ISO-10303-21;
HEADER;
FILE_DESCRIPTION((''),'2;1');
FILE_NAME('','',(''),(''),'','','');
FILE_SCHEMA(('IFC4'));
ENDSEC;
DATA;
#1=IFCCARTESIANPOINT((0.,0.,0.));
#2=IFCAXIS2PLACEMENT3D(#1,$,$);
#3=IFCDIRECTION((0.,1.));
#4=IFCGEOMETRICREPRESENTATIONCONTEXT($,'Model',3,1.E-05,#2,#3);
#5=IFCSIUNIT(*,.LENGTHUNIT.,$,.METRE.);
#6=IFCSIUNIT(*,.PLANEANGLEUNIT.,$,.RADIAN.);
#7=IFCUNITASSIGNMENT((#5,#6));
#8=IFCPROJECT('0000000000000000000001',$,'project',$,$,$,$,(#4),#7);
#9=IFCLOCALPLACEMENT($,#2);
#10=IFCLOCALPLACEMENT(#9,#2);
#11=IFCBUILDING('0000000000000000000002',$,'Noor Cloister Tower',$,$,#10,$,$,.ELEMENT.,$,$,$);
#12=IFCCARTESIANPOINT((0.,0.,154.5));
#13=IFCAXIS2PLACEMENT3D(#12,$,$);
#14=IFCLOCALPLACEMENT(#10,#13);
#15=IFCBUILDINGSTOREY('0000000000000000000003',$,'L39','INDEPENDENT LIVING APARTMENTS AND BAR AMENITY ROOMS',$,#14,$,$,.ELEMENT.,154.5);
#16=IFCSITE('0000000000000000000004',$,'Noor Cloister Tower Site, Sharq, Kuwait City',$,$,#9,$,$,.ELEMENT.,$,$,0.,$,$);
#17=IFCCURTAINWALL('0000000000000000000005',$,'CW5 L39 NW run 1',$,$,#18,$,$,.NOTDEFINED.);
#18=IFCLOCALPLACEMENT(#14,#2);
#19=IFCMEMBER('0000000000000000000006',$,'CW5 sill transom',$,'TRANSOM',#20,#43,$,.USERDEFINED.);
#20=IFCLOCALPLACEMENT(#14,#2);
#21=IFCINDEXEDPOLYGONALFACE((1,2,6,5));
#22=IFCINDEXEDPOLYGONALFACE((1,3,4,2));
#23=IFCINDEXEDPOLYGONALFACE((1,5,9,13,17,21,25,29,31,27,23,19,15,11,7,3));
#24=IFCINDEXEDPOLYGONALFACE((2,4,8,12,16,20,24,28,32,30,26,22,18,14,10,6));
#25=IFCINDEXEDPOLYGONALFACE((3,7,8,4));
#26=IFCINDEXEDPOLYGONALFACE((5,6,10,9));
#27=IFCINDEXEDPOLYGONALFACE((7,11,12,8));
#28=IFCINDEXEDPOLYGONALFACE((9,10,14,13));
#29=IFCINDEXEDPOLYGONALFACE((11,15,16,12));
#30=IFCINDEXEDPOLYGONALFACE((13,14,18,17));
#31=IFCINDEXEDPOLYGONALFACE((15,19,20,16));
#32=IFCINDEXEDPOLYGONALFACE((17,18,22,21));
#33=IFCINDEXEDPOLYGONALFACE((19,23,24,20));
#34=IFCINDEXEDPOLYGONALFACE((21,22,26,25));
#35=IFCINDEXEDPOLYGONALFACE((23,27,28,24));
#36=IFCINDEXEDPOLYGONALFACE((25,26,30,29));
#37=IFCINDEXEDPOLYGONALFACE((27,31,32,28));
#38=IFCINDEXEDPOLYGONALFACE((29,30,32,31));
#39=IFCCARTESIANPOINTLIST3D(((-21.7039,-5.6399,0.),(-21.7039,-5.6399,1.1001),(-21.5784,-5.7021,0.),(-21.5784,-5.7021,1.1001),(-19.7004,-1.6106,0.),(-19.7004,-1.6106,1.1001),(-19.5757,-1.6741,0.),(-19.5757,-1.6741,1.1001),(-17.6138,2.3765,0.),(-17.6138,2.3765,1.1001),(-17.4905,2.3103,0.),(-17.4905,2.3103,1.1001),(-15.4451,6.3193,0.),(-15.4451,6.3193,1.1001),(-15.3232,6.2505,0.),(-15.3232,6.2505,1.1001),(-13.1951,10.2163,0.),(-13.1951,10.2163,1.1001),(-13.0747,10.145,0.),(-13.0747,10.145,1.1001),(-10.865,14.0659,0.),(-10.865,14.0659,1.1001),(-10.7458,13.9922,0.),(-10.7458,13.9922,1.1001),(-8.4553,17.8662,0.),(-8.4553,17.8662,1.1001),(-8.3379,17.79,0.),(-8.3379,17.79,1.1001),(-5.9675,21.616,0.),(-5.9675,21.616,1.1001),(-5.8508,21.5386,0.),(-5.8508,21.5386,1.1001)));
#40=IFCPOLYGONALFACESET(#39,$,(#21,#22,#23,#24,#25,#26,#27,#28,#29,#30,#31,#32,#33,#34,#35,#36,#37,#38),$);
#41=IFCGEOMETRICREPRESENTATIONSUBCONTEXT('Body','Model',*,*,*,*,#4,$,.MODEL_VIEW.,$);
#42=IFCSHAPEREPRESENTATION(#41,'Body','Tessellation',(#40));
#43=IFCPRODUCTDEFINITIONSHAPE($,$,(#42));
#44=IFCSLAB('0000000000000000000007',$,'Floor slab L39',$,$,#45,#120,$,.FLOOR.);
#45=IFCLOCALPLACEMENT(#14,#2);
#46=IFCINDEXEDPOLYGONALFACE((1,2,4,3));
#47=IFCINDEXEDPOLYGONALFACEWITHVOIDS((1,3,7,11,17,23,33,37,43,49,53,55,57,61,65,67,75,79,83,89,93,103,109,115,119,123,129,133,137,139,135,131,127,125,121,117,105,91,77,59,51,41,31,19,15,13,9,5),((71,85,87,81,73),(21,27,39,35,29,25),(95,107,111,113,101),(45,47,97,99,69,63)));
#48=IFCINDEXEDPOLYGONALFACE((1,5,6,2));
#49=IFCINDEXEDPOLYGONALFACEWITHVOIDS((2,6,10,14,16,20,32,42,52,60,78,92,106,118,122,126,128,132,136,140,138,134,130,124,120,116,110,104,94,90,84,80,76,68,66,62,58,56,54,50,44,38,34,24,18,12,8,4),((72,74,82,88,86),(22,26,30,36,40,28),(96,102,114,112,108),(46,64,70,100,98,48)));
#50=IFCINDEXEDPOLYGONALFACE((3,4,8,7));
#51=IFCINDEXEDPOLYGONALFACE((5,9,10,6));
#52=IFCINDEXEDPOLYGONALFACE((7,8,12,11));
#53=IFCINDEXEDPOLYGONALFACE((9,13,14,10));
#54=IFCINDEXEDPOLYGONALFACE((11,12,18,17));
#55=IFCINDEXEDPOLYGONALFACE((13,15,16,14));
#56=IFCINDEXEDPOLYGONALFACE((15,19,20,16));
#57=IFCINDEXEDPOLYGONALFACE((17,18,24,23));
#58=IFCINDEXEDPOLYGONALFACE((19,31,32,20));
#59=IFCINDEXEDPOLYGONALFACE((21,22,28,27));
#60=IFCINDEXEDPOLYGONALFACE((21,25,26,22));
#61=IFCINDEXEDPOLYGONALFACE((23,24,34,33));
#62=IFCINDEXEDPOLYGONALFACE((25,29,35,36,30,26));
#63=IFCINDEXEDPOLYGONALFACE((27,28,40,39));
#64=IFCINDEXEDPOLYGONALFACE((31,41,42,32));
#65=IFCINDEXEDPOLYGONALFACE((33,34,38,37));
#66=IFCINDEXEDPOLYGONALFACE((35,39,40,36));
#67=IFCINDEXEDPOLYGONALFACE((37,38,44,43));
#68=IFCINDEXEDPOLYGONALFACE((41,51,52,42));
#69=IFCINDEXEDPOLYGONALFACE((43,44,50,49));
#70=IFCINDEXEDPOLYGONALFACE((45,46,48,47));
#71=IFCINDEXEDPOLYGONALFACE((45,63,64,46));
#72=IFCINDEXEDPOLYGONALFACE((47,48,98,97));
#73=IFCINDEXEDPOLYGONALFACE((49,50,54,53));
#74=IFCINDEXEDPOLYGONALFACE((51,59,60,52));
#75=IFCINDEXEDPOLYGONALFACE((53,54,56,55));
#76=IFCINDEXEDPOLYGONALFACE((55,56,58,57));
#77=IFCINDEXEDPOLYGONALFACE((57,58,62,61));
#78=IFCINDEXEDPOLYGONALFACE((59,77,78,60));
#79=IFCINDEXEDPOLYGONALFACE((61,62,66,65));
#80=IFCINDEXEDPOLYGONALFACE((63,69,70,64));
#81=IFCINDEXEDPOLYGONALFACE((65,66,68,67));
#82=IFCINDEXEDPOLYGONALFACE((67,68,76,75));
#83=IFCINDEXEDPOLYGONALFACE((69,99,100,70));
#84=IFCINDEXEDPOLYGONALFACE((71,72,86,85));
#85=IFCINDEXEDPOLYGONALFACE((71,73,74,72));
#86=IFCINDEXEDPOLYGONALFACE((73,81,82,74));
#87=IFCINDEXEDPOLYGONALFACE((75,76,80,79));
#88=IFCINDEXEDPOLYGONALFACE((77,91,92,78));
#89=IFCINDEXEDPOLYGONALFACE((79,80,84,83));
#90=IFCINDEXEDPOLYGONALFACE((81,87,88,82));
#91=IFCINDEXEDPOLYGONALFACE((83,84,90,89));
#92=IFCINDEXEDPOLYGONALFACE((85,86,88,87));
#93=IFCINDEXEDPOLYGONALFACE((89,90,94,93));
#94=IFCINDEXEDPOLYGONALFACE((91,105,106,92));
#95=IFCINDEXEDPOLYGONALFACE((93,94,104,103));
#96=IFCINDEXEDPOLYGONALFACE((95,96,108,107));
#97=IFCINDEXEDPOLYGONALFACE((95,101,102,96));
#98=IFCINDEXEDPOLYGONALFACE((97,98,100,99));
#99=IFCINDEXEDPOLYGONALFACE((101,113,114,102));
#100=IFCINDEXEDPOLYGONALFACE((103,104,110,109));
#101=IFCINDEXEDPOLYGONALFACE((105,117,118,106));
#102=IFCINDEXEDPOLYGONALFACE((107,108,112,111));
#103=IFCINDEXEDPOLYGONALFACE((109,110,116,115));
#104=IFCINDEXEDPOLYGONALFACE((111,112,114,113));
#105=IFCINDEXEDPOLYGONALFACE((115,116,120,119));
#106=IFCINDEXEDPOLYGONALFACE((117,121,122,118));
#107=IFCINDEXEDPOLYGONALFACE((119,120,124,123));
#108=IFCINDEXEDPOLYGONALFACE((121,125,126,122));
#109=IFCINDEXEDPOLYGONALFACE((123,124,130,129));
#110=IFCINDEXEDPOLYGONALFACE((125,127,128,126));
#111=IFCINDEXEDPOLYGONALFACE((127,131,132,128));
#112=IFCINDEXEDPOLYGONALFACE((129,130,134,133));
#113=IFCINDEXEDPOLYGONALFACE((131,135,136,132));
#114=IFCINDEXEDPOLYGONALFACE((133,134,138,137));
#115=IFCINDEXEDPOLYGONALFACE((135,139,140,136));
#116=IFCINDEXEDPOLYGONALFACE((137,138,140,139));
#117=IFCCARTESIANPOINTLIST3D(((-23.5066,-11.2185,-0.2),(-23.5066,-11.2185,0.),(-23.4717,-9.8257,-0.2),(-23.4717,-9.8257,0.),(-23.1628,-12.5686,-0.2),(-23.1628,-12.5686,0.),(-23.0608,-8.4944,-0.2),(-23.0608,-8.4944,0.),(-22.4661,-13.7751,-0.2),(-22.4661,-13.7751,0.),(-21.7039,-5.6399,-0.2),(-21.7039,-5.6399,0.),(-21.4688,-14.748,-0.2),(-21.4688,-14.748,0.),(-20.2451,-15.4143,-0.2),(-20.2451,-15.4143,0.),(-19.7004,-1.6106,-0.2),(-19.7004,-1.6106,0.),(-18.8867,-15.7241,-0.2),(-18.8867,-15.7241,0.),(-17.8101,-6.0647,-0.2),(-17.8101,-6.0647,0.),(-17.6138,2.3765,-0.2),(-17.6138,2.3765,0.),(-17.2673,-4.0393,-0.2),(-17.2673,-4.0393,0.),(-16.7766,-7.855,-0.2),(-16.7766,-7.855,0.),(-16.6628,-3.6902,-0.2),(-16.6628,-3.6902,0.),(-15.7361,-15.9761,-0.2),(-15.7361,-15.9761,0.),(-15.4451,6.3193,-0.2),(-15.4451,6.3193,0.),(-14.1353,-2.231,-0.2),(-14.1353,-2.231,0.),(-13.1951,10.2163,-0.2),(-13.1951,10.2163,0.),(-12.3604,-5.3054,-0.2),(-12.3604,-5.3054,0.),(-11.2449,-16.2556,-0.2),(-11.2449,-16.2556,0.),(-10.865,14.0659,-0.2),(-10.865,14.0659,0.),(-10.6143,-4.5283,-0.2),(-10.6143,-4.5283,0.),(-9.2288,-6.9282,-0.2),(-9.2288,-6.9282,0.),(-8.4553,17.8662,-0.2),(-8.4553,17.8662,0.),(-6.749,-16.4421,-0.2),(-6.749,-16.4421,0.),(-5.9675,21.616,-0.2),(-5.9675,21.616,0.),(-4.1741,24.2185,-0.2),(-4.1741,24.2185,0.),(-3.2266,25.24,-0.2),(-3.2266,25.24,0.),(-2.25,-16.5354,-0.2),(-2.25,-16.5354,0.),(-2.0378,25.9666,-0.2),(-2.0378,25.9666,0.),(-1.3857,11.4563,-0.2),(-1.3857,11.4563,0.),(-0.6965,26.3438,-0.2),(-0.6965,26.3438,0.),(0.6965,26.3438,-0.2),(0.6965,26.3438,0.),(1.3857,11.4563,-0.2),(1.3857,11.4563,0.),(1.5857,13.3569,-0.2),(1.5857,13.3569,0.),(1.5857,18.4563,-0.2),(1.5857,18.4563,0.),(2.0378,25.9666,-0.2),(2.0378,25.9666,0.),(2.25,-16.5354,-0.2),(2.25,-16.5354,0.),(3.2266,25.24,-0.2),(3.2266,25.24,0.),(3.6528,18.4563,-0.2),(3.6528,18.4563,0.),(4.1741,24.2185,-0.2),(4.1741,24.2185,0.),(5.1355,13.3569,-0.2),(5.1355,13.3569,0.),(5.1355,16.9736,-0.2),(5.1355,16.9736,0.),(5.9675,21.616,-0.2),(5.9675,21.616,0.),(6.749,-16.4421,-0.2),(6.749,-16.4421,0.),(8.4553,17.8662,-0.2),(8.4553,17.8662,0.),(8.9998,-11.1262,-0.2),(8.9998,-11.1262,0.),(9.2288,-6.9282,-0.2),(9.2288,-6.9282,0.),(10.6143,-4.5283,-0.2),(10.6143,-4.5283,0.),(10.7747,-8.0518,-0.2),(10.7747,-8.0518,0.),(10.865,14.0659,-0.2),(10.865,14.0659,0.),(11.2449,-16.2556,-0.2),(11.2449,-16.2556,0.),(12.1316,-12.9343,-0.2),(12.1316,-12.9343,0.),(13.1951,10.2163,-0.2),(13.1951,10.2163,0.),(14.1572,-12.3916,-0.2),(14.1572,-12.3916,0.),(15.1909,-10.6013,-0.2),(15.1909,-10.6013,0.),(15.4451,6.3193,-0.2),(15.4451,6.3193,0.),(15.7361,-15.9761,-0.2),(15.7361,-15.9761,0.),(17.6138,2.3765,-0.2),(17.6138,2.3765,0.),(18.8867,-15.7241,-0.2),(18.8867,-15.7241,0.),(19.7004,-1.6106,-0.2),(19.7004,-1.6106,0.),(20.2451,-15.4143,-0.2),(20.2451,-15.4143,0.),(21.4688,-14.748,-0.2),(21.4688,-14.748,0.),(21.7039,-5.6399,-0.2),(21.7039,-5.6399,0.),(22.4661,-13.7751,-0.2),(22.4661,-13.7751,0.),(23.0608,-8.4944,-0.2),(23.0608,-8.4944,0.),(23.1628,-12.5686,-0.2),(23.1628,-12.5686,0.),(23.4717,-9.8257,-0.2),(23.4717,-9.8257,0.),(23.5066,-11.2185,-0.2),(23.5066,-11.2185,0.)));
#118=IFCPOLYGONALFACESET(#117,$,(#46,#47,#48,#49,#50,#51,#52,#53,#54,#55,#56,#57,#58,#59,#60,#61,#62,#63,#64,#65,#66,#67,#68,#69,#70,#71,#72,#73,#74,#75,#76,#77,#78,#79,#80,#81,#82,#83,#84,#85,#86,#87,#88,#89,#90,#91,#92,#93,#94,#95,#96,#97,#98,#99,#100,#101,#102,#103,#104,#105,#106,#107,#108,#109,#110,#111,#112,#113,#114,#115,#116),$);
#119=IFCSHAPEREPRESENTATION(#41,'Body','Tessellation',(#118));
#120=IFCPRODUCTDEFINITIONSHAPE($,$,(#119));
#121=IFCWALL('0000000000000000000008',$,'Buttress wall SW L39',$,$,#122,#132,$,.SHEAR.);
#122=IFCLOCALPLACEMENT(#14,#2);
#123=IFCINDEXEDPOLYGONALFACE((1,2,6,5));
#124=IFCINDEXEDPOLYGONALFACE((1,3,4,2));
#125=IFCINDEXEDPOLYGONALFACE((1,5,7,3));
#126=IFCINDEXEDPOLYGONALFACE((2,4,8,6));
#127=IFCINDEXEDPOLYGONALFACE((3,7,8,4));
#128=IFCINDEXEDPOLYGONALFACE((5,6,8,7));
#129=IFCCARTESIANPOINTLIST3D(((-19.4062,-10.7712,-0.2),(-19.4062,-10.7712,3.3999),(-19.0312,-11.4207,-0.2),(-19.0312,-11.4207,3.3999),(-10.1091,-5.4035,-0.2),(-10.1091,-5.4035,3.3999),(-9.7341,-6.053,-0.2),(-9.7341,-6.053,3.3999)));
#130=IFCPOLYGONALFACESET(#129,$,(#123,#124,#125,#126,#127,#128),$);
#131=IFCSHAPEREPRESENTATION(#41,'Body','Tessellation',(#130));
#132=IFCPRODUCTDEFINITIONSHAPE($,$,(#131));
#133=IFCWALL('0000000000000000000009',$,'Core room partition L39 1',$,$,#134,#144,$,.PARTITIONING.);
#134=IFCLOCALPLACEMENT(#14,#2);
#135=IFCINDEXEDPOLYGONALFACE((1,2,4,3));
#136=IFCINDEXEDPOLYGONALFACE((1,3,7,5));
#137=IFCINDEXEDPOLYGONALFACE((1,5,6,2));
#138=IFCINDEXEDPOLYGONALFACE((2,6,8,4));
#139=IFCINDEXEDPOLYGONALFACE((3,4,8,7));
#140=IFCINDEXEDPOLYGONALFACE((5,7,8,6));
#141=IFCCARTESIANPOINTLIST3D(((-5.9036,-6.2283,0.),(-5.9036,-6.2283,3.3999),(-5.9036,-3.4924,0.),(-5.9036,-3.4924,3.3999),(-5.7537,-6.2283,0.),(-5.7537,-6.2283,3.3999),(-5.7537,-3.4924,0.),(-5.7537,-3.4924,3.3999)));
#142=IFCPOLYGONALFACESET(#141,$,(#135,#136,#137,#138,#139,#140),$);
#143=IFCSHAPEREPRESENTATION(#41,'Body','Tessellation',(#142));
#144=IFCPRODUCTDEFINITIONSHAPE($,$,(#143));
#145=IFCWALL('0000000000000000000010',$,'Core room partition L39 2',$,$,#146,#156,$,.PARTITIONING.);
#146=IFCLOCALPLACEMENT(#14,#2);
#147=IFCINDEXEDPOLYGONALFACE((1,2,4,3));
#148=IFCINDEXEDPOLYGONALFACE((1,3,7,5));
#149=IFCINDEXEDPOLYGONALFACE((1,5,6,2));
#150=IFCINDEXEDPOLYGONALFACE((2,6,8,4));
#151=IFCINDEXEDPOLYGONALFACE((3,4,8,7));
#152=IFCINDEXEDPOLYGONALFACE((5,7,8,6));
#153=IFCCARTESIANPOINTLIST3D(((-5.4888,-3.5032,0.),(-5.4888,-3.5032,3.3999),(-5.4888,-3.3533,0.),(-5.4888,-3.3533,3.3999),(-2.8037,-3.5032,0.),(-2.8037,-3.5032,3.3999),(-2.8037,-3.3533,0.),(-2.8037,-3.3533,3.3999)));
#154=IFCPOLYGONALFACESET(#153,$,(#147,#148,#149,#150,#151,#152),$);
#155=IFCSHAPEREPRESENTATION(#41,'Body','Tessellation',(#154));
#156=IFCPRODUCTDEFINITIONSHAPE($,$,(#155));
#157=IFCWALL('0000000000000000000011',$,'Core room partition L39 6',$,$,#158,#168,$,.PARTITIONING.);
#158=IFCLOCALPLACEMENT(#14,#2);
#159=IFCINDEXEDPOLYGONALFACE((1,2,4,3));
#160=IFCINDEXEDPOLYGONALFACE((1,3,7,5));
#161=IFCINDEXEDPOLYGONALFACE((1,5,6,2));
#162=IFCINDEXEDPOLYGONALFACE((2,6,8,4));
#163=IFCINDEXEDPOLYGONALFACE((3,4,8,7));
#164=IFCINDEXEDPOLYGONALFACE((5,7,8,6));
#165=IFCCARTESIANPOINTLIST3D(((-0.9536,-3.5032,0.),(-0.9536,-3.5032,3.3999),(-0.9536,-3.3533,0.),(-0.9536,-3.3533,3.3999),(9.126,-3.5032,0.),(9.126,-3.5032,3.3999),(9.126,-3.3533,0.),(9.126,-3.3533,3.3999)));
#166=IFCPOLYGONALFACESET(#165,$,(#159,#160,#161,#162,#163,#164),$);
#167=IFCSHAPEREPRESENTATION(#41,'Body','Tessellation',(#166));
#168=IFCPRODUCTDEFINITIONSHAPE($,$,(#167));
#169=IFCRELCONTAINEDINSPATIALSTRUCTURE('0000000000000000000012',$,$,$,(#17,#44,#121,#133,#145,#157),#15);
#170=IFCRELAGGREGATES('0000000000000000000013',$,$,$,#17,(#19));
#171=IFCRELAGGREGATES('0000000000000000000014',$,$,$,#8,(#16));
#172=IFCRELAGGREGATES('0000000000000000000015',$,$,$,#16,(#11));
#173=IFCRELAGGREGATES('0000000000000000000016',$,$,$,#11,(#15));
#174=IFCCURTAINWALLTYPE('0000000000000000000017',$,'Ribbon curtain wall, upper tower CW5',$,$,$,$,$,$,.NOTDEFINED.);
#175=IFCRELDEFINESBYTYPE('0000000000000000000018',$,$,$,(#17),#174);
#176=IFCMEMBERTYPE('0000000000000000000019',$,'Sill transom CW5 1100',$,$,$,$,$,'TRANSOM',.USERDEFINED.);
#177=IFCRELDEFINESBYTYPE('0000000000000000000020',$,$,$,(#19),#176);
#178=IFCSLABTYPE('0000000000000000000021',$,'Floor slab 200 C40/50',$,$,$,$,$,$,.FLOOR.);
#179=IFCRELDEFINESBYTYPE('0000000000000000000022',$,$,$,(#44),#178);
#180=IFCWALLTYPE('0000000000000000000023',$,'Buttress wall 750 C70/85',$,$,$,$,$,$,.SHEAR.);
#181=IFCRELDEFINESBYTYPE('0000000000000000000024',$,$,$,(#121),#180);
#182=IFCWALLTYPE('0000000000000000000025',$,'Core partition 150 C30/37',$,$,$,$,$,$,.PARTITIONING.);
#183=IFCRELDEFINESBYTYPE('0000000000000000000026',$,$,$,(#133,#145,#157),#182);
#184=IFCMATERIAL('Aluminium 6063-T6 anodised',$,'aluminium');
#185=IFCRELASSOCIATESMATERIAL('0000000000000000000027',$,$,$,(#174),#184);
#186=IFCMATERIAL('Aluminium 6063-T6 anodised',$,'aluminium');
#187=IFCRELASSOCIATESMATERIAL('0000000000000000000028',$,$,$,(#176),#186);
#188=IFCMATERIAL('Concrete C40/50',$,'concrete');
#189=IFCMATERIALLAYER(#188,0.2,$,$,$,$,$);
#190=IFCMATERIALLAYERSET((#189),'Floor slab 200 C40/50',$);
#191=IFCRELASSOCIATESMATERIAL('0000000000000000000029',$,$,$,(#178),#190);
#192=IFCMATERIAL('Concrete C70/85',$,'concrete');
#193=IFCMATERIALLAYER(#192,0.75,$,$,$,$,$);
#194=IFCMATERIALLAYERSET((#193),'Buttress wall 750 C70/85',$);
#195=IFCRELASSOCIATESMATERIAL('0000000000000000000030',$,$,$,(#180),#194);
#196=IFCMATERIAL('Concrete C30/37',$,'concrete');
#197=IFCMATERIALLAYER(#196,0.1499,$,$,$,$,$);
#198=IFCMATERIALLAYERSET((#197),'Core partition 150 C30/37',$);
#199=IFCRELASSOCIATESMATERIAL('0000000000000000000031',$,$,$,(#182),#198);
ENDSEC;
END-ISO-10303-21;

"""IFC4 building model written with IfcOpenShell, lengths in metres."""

from ifc_helpers import new_model, si_unit, direction, frame, frame_2d, origin, place, context, subcontext, project, spatial, polyline, rectangle, outline, extrude, material, layer, layer_set, type_object, element, aggregate, save


model = new_model("IFC4")

# Units and contexts
model_context = context("Model", 3, precision=1e-05, world=origin(), true_north=direction((0.0, 1.0)))
body_context = subcontext(model_context, "Body", "Model", "MODEL_VIEW")
ifc_project = project(units=[si_unit("LENGTHUNIT", "METRE"), si_unit("PLANEANGLEUNIT", "RADIAN")], contexts=[model_context])

# Site, building, storey
site_placement = place(None, origin())
site = spatial("IfcSite", under=ifc_project, at=site_placement, Name="Noor Cloister Tower Site, Sharq, Kuwait City", CompositionType="ELEMENT", RefElevation=0.0)
building_placement = place(site_placement, origin())
building = spatial("IfcBuilding", under=site, at=building_placement, Name="Noor Cloister Tower", CompositionType="ELEMENT")
storey_placement = place(building_placement, frame((0.0, 0.0, 154.5)))
storey = spatial("IfcBuildingStorey", under=building, at=storey_placement, Name="L39", Description="INDEPENDENT LIVING APARTMENTS AND BAR AMENITY ROOMS", CompositionType="ELEMENT", Elevation=154.5)

# Curtain wall, member
ifc_material_1 = material(Name="Aluminium 6063-T6 anodised", Category="aluminium")
curtain_wall_type = type_object("IfcCurtainWallType", Name="Ribbon curtain wall, upper tower CW5", PredefinedType="NOTDEFINED", material=ifc_material_1)
curtain_wall_placement = place(storey_placement, origin())
curtain_wall = element("IfcCurtainWall", 1, at=curtain_wall_placement, inside=storey, type_object=curtain_wall_type, Name="CW5 L39 NW run 1", PredefinedType="NOTDEFINED")
ifc_material_2 = material(Name="Aluminium 6063-T6 anodised", Category="aluminium")
member_type = type_object("IfcMemberType", Name="Sill transom CW5 1100", ElementType="TRANSOM", PredefinedType="USERDEFINED", material=ifc_material_2)
member_placement = place(storey_placement, origin())
member = element("IfcMember", 2, at=member_placement, type_object=member_type, Name="CW5 sill transom", ObjectType="TRANSOM", PredefinedType="USERDEFINED", context=body_context, shape_type="SweptSolid", body=[
    extrude(outline(polyline([(-5.9675, 21.616), (-8.4553, 17.8662), (-10.865, 14.0659), (-13.1951, 10.2163), (-15.4451, 6.3193), (-17.6138, 2.3765), (-19.7004, -1.6106), (-21.7039, -5.6399), (-21.5784, -5.7021), (-19.5757, -1.6741), (-17.4905, 2.3103), (-15.3232, 6.2505), (-13.0747, 10.145), (-10.7458, 13.9922), (-8.3379, 17.79), (-5.8508, 21.5386), (-5.9675, 21.616)])), origin(), (0.0, 0.0, 1.0), 1.1001),
])
aggregate(curtain_wall, [member])

# Slab
ifc_material_3 = material(Name="Concrete C40/50", Category="concrete")
ifc_layer_1 = layer(ifc_material_3, 0.2)
ifc_layer_set_1 = layer_set([ifc_layer_1], Name="Floor slab 200 C40/50")
slab_type = type_object("IfcSlabType", Name="Floor slab 200 C40/50", PredefinedType="FLOOR", material=ifc_layer_set_1)
slab_placement = place(storey_placement, frame((0.0, 0.0, -0.2)))
element("IfcSlab", 3, at=slab_placement, inside=storey, type_object=slab_type, Name="Floor slab L39", PredefinedType="FLOOR", context=body_context, shape_type="SweptSolid", body=[
    extrude(outline(polyline([(4.1741, 24.2185), (3.2266, 25.24), (2.0378, 25.9666), (0.6965, 26.3438), (-0.6965, 26.3438), (-2.0378, 25.9666), (-3.2266, 25.24), (-4.1741, 24.2185), (-5.9675, 21.616), (-8.4553, 17.8662), (-10.865, 14.0659), (-13.1951, 10.2163), (-15.4451, 6.3193), (-17.6138, 2.3765), (-19.7004, -1.6106), (-21.7039, -5.6399), (-23.0608, -8.4944), (-23.4717, -9.8257), (-23.5066, -11.2185), (-23.1628, -12.5686), (-22.4661, -13.7751), (-21.4688, -14.748), (-20.2451, -15.4143), (-18.8867, -15.7241), (-15.7361, -15.9761), (-11.2449, -16.2556), (-6.749, -16.4421), (-2.25, -16.5354), (2.25, -16.5354), (6.749, -16.4421), (11.2449, -16.2556), (15.7361, -15.9761), (18.8867, -15.7241), (20.2451, -15.4143), (21.4688, -14.748), (22.4661, -13.7751), (23.1628, -12.5686), (23.5066, -11.2185), (23.4717, -9.8257), (23.0608, -8.4944), (21.7039, -5.6399), (19.7004, -1.6106), (17.6138, 2.3765), (15.4451, 6.3193), (13.1951, 10.2163), (10.865, 14.0659), (8.4553, 17.8662), (5.9675, 21.616), (4.1741, 24.2185)]), holes=[polyline([(8.9998, -11.1262), (12.1316, -12.9343), (14.1572, -12.3916), (15.1909, -10.6013), (10.7747, -8.0518), (8.9998, -11.1262)]), polyline([(-17.8101, -6.0647), (-16.7766, -7.855), (-12.3604, -5.3054), (-14.1353, -2.231), (-16.6628, -3.6902), (-17.2673, -4.0393), (-17.8101, -6.0647)]), polyline([(-10.6143, -4.5283), (-9.2288, -6.9282), (9.2288, -6.9282), (10.6143, -4.5283), (1.3857, 11.4563), (-1.3857, 11.4563), (-10.6143, -4.5283)]), polyline([(3.6528, 18.4563), (1.5857, 18.4563), (1.5857, 13.3569), (5.1355, 13.3569), (5.1355, 16.9736), (3.6528, 18.4563)])]), origin(), (0.0, 0.0, 1.0), 0.2),
])

# Walls
ifc_material_4 = material(Name="Concrete C70/85", Category="concrete")
ifc_layer_2 = layer(ifc_material_4, 0.75)
ifc_layer_set_2 = layer_set([ifc_layer_2], Name="Buttress wall 750 C70/85")
wall_type_1 = type_object("IfcWallType", Name="Buttress wall 750 C70/85", PredefinedType="SHEAR", material=ifc_layer_set_2)
wall_1_placement = place(storey_placement, frame((-9.9216, -5.7283, -0.2), z_axis=(0.0, 0.0, 1.0), x_axis=(-0.866026, -0.499999, 0.0)))
element("IfcWall", 4, at=wall_1_placement, inside=storey, type_object=wall_type_1, Name="Buttress wall SW L39", PredefinedType="SHEAR", context=body_context, shape_type="SweptSolid", body=[
    extrude(rectangle(XDim=10.7354, YDim=0.75, at=frame_2d((5.3677, 0.0))), origin(), (0.0, 0.0, 1.0), 3.5999),
])
ifc_material_5 = material(Name="Concrete C30/37", Category="concrete")
ifc_layer_3 = layer(ifc_material_5, 0.1499)
ifc_layer_set_3 = layer_set([ifc_layer_3], Name="Core partition 150 C30/37")
wall_type_2 = type_object("IfcWallType", Name="Core partition 150 C30/37", PredefinedType="PARTITIONING", material=ifc_layer_set_3)
wall_2_placement = place(storey_placement, frame((-5.8286, -3.4924, 0.0), z_axis=(0.0, 0.0, 1.0), x_axis=(0.0, -1.0, 0.0)))
element("IfcWall", 5, at=wall_2_placement, inside=storey, type_object=wall_type_2, Name="Core room partition L39 1", PredefinedType="PARTITIONING", context=body_context, shape_type="SweptSolid", body=[
    extrude(rectangle(XDim=2.7358, YDim=0.1499, at=frame_2d((1.3679, 0.0))), origin(), (0.0, 0.0, 1.0), 3.3999),
])
wall_3_placement = place(storey_placement, frame((-5.4888, -3.4282, 0.0), z_axis=(0.0, 0.0, 1.0), x_axis=(1.0, 0.0, 0.0)))
element("IfcWall", 6, at=wall_3_placement, inside=storey, type_object=wall_type_2, Name="Core room partition L39 2", PredefinedType="PARTITIONING", context=body_context, shape_type="SweptSolid", body=[
    extrude(rectangle(XDim=2.6851, YDim=0.1499, at=frame_2d((1.3425, 0.0))), origin(), (0.0, 0.0, 1.0), 3.3999),
])
wall_4_placement = place(storey_placement, frame((-0.9536, -3.4282, 0.0), z_axis=(0.0, 0.0, 1.0), x_axis=(1.0, 0.0, 0.0)))
element("IfcWall", 7, at=wall_4_placement, inside=storey, type_object=wall_type_2, Name="Core room partition L39 6", PredefinedType="PARTITIONING", context=body_context, shape_type="SweptSolid", body=[
    extrude(rectangle(XDim=10.0796, YDim=0.1499, at=frame_2d((5.0398, 0.0))), origin(), (0.0, 0.0, 1.0), 3.3999),
])

save(model, "model.ifc")
